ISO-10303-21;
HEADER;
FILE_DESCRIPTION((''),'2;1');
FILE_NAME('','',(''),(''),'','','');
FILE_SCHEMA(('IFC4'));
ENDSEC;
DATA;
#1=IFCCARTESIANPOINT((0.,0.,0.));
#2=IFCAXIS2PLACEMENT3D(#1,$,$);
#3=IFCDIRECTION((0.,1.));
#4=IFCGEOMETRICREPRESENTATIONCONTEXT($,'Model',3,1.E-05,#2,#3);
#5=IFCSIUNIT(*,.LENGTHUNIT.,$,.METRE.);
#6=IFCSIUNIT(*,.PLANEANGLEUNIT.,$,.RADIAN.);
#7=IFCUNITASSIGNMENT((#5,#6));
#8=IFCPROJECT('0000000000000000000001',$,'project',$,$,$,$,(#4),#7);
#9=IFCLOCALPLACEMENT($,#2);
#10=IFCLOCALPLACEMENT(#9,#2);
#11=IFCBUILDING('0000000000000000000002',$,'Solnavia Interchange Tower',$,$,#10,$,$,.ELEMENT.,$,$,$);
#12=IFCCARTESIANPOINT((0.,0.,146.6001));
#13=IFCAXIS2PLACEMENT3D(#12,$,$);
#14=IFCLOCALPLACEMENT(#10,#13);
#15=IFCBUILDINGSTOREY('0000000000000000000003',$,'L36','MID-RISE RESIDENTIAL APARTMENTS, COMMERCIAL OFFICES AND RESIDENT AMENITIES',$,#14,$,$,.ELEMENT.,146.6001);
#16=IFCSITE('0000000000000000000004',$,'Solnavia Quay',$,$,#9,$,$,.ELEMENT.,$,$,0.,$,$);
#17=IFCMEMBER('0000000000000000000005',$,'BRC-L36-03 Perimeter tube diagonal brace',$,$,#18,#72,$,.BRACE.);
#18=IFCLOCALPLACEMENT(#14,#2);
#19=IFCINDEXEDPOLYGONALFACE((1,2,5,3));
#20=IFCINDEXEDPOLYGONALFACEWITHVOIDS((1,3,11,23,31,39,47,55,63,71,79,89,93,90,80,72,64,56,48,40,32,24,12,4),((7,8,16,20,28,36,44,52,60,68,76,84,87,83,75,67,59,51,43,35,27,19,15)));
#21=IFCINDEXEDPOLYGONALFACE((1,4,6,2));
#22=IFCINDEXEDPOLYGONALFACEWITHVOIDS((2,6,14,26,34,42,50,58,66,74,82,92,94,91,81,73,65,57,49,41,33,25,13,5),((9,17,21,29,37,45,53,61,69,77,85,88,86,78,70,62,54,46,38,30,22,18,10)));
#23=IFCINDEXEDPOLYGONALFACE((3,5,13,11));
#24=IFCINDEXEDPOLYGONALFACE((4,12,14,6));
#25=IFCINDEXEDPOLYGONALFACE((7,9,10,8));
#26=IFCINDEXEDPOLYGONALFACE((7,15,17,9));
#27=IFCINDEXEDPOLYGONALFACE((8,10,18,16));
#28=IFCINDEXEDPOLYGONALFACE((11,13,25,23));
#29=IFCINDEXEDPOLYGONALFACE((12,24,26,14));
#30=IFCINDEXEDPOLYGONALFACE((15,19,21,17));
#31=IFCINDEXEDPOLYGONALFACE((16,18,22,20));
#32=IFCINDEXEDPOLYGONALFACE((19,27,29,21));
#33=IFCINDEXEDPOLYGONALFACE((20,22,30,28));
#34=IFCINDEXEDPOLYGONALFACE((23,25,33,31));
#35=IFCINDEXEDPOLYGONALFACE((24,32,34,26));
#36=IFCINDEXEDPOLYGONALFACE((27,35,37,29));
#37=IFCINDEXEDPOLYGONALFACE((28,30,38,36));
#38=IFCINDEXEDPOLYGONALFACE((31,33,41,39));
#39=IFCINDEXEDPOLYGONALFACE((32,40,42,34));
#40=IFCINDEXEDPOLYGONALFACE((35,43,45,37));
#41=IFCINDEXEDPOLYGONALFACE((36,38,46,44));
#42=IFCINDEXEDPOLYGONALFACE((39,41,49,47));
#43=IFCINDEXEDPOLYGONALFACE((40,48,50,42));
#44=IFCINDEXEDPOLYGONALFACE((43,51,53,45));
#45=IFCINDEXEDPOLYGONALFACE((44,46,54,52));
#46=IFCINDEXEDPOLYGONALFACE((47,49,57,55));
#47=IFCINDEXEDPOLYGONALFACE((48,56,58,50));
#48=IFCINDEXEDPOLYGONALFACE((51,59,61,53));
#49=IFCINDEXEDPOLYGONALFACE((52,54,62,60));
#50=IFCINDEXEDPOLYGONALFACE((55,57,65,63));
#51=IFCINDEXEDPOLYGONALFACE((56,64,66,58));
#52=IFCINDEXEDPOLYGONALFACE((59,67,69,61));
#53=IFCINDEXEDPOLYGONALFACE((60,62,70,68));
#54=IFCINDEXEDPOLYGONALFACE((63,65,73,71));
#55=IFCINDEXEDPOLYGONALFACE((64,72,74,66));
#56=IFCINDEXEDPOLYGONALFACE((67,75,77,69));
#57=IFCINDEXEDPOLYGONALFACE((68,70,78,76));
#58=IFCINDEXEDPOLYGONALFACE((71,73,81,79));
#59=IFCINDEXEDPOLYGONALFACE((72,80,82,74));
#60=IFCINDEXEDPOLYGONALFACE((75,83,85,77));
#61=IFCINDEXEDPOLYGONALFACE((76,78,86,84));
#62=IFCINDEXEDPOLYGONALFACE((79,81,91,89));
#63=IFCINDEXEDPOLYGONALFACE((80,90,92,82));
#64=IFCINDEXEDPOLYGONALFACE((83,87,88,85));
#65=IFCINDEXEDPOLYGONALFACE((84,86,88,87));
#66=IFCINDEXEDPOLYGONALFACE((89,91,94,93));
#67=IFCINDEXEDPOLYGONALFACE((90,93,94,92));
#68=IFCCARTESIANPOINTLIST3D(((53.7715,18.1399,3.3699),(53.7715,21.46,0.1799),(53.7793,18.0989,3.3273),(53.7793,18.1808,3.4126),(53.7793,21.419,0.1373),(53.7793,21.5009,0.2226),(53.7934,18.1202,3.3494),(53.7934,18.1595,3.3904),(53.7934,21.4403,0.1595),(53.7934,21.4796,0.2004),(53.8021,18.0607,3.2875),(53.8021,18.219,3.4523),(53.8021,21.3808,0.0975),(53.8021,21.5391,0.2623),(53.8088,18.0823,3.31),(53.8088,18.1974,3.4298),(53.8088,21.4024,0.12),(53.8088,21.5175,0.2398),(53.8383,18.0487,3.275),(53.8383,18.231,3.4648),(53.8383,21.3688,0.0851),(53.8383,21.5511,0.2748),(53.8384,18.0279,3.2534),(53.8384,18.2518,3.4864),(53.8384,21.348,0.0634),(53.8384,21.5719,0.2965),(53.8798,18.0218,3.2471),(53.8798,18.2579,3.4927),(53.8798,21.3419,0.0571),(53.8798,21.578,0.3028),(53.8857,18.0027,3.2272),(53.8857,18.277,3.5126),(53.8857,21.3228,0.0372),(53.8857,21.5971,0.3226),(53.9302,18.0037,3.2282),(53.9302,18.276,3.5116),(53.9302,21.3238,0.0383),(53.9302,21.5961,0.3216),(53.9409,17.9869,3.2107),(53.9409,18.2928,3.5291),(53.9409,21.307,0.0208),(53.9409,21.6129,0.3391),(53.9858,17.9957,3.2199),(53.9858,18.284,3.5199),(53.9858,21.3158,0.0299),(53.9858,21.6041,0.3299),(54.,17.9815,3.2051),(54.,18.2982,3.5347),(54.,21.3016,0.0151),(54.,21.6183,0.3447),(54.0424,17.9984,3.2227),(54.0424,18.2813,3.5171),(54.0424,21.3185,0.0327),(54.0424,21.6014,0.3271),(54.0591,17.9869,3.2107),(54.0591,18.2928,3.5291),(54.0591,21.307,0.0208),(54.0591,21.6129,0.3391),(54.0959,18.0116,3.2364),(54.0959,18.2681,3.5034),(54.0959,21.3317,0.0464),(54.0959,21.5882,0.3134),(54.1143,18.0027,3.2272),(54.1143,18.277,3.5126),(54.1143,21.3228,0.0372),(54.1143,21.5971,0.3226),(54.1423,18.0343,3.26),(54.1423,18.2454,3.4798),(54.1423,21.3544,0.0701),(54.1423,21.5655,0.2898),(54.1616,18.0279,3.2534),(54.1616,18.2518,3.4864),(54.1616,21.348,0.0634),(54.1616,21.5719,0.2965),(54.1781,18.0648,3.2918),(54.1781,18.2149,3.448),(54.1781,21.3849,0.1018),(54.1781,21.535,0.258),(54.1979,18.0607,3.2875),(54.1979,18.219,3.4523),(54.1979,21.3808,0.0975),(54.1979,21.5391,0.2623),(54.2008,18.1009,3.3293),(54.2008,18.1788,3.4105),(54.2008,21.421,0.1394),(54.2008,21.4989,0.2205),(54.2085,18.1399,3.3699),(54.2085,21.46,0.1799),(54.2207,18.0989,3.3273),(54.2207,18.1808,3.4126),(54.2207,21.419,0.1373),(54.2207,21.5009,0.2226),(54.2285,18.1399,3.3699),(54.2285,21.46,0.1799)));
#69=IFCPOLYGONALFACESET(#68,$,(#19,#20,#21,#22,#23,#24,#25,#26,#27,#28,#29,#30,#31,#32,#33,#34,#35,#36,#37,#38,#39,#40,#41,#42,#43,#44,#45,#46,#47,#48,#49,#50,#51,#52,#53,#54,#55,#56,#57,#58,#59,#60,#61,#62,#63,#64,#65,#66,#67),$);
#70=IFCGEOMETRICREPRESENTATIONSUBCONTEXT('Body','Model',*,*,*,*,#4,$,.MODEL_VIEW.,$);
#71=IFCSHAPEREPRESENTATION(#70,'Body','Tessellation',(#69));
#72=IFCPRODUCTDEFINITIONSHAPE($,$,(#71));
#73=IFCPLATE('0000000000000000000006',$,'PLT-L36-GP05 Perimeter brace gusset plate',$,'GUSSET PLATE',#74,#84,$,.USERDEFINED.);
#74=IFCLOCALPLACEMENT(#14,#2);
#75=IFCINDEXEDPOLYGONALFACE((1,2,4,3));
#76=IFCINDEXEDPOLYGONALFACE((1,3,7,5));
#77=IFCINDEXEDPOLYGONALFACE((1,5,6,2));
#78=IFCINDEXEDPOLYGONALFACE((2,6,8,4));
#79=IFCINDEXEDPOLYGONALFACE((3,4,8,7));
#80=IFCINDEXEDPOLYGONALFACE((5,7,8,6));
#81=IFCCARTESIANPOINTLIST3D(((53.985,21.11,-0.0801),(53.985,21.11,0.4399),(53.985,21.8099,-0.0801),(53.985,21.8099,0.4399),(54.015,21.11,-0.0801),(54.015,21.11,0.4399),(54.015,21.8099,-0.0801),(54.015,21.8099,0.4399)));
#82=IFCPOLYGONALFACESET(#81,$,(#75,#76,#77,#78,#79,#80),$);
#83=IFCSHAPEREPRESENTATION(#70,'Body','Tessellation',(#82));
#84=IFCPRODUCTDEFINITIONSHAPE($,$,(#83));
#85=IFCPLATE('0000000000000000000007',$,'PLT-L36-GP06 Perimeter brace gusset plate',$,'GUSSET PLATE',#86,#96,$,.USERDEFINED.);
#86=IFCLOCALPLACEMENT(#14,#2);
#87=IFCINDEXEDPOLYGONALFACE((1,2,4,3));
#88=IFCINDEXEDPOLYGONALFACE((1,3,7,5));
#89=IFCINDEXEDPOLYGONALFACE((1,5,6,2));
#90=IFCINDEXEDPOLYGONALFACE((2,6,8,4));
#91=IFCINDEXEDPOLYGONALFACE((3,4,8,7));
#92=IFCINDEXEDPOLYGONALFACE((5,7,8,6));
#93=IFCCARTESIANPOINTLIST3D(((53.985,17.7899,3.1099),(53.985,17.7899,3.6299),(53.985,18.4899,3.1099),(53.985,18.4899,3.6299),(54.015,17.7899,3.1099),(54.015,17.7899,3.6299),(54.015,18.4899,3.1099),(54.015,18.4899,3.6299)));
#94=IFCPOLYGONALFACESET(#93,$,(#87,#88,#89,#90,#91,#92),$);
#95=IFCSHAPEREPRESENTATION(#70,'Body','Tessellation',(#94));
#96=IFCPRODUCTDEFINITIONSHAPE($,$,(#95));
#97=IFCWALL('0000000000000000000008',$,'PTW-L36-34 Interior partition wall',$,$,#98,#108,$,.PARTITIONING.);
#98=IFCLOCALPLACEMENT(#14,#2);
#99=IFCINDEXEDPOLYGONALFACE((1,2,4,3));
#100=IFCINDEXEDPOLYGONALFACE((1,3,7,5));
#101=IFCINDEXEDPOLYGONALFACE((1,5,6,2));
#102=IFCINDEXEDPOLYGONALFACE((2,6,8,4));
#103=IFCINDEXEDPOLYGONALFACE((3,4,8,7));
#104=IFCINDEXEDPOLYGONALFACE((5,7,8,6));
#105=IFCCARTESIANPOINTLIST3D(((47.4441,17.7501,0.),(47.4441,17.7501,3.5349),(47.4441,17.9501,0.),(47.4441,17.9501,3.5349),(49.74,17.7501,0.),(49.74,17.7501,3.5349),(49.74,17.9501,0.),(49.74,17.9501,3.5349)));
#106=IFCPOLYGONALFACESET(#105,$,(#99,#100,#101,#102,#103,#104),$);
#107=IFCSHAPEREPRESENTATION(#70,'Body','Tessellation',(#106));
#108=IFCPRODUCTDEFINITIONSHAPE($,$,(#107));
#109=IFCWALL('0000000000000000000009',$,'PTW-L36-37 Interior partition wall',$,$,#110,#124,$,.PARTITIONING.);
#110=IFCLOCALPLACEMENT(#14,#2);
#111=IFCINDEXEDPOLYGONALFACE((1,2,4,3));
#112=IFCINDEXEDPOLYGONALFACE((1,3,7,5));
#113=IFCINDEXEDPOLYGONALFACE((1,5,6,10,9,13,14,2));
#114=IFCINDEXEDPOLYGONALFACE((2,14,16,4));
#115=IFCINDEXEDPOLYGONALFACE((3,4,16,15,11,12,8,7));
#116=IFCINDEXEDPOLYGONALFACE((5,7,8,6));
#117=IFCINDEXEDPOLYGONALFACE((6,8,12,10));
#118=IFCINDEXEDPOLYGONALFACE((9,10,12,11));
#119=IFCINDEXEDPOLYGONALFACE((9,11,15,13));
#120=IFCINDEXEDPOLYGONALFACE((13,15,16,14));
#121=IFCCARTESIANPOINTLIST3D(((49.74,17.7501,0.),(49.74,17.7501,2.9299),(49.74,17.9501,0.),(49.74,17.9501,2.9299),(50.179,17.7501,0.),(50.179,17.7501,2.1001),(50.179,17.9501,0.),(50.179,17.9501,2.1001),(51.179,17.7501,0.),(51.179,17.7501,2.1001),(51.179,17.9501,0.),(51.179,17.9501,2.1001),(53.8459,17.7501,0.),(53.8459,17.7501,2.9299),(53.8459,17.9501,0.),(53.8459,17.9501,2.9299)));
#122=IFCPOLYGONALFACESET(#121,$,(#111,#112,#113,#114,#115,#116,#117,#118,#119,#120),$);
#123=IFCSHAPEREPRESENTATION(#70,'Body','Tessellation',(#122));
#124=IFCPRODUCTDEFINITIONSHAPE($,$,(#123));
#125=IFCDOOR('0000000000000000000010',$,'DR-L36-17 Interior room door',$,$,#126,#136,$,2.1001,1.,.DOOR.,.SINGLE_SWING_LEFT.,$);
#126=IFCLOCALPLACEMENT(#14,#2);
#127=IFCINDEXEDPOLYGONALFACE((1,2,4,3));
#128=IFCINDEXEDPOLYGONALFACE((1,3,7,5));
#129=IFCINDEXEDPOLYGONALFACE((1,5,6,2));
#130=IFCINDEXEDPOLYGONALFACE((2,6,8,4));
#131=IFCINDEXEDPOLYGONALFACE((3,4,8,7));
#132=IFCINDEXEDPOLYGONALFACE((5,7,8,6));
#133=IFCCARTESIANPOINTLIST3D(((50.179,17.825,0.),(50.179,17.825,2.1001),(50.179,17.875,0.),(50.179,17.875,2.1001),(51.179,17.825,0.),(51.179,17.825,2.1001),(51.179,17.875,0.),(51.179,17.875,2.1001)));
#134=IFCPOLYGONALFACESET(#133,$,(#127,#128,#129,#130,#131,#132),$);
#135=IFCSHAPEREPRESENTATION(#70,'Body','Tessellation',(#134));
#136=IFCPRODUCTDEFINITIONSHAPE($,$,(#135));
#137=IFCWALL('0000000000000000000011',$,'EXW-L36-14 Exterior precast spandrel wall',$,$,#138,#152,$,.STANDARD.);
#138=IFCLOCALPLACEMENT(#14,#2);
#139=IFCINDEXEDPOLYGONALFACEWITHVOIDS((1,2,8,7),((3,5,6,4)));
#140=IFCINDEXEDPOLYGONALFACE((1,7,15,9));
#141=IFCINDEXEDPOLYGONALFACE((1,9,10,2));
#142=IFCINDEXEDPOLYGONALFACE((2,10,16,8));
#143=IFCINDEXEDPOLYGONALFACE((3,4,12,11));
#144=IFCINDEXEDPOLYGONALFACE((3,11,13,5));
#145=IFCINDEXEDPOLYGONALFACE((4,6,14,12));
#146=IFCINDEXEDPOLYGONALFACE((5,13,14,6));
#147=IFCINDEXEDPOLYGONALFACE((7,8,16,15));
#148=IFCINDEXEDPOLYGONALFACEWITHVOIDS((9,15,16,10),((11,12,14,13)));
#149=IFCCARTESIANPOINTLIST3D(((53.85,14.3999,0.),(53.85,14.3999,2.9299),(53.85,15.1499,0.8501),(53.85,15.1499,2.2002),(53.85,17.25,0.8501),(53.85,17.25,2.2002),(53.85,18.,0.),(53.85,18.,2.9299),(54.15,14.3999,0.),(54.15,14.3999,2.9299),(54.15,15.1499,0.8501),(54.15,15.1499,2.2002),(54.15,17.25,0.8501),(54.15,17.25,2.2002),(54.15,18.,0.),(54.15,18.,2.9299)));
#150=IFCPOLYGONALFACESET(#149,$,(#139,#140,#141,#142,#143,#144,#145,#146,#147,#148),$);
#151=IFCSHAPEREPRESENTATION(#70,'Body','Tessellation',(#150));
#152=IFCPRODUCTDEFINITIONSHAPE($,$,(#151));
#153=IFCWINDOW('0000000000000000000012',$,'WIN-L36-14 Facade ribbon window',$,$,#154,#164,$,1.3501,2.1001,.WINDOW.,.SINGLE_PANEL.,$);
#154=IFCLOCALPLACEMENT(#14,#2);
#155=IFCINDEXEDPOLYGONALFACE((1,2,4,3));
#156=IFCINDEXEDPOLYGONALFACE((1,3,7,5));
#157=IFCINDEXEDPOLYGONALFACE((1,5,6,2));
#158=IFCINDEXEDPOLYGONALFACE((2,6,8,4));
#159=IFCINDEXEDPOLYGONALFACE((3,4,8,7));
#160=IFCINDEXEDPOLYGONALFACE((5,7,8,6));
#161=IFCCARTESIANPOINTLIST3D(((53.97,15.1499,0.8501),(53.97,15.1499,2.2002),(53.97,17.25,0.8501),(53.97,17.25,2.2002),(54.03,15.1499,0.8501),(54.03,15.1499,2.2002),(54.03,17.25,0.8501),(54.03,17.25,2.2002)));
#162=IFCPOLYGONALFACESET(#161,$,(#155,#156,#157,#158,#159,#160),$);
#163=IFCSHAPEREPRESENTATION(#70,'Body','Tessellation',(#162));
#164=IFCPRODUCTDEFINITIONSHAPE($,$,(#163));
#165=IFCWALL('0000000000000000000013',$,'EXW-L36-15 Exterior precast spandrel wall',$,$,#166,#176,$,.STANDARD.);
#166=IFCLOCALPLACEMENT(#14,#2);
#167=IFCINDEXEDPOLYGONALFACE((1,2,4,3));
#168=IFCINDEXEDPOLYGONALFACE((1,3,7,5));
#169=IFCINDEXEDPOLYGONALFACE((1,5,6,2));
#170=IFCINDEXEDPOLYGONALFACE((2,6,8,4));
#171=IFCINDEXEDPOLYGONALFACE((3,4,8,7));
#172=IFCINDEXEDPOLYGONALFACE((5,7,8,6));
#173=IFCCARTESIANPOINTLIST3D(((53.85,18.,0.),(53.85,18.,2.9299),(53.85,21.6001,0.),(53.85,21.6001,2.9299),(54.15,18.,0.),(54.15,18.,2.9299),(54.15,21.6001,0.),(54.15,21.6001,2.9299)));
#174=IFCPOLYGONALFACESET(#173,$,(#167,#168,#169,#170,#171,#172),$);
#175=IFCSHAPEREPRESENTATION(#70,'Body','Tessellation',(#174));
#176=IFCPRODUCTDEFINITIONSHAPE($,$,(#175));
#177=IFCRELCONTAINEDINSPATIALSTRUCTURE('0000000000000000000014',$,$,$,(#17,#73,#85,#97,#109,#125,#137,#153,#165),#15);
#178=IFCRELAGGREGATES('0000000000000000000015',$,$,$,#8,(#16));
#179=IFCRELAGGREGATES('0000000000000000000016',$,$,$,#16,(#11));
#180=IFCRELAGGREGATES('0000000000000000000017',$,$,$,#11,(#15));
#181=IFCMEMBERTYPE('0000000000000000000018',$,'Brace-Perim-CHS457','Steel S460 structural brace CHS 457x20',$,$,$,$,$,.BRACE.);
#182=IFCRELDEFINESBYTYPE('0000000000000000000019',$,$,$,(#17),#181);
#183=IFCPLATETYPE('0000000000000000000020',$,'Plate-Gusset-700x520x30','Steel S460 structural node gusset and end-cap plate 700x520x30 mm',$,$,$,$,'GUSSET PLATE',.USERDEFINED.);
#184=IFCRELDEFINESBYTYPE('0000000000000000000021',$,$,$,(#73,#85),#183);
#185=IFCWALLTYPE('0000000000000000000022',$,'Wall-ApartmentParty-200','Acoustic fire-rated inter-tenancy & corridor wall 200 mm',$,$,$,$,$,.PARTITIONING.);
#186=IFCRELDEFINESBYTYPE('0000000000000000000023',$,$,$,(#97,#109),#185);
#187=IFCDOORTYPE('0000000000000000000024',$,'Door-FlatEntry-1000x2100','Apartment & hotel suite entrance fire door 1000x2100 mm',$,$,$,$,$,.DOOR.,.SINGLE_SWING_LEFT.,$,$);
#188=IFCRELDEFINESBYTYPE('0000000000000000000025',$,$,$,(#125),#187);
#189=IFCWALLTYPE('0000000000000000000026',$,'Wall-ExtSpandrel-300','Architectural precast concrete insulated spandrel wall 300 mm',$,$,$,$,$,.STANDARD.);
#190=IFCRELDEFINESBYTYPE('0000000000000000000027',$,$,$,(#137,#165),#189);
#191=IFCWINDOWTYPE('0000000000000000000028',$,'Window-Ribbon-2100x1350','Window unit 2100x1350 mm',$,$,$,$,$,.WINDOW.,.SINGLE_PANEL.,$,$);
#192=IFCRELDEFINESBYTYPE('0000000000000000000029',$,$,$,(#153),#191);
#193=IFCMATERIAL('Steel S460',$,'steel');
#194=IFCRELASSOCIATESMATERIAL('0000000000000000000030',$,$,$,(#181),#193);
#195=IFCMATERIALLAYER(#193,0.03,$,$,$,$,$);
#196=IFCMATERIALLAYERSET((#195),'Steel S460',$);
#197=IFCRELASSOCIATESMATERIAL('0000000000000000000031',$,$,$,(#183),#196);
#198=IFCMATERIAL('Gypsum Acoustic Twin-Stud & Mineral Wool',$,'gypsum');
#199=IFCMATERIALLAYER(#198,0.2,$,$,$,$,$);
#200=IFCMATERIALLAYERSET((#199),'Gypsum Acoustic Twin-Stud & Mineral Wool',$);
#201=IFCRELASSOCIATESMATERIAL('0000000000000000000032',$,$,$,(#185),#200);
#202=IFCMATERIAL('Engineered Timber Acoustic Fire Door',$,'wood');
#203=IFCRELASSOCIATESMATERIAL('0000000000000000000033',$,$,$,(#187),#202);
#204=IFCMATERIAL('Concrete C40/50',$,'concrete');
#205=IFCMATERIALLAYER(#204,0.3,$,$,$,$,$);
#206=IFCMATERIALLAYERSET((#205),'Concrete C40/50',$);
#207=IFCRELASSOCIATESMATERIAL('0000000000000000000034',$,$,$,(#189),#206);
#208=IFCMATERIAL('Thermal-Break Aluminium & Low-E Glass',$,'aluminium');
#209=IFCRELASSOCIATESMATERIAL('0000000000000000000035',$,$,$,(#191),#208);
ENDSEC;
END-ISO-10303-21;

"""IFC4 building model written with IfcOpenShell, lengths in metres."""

from ifc_helpers import new_model, si_unit, direction, frame, frame_2d, origin, origin_2d, place, context, subcontext, project, spatial, rectangle, hollow_circle, extrude, material, layer, layer_set, material_profile, profile_set, type_object, element, fill, save


model = new_model("IFC4")

# Units and contexts
model_context = context("Model", 3, precision=1e-05, world=origin(), true_north=direction((0.0, 1.0)))
body_context = subcontext(model_context, "Body", "Model", "MODEL_VIEW")
ifc_project = project(units=[si_unit("LENGTHUNIT", "METRE"), si_unit("PLANEANGLEUNIT", "RADIAN")], contexts=[model_context])

# Site, building, storey
site_placement = place(None, origin())
site = spatial("IfcSite", under=ifc_project, at=site_placement, Name="Solnavia Quay", CompositionType="ELEMENT", RefElevation=0.0)
building_placement = place(site_placement, origin())
building = spatial("IfcBuilding", under=site, at=building_placement, Name="Solnavia Interchange Tower", CompositionType="ELEMENT")
storey_placement = place(building_placement, frame((0.0, 0.0, 146.6001)))
storey = spatial("IfcBuildingStorey", under=building, at=storey_placement, Name="L36", Description="MID-RISE RESIDENTIAL APARTMENTS, COMMERCIAL OFFICES AND RESIDENT AMENITIES", CompositionType="ELEMENT", Elevation=146.6001)

# Member
ifc_material_1 = material(Name="Steel S460", Category="steel")
ifc_material_profile_1 = material_profile(ifc_material_1, hollow_circle(Radius=0.2285, WallThickness=0.02, at=origin_2d()), Name="CHS 457x20")
ifc_profile_set_1 = profile_set([ifc_material_profile_1], Name="Steel S460")
member_type = type_object("IfcMemberType", Name="Brace-Perim-CHS457", Description="Steel S460 structural brace CHS 457x20", PredefinedType="BRACE", material=ifc_profile_set_1)
member_placement = place(storey_placement, frame((54.0, 21.46, 0.1799), z_axis=(0.0, -0.721097, 0.692834), x_axis=(1.0, 0.0, 0.0)))
element("IfcMember", 1, at=member_placement, inside=storey, type_object=member_type, Name="BRC-L36-03 Perimeter tube diagonal brace", PredefinedType="BRACE", context=body_context, shape_type="SweptSolid", body=[
    extrude(hollow_circle(Radius=0.2285, WallThickness=0.02, at=origin_2d()), origin(), (0.0, 0.0, 1.0), 4.6042),
])

# Plates
ifc_layer_1 = layer(ifc_material_1, 0.03)
ifc_layer_set_1 = layer_set([ifc_layer_1], Name="Steel S460")
plate_type = type_object("IfcPlateType", Name="Plate-Gusset-700x520x30", Description="Steel S460 structural node gusset and end-cap plate 700x520x30 mm", ElementType="GUSSET PLATE", PredefinedType="USERDEFINED", material=ifc_layer_set_1)
for number, where, z_axis, x_axis, name in (
    (2, (54.0, 21.46, -0.0801), (0.0, 0.0, 1.0), (0.0, -1.0, 0.0), "PLT-L36-GP05 Perimeter brace gusset plate"),
    (3, (54.0, 18.1399, 3.1099), (0.0, 0.0, 1.0), (0.0, -1.0, 0.0), "PLT-L36-GP06 Perimeter brace gusset plate"),
):
    element("IfcPlate", number, at=place(storey_placement, frame(where, z_axis=z_axis, x_axis=x_axis)), inside=storey, type_object=plate_type, Name=name, ObjectType="GUSSET PLATE", PredefinedType="USERDEFINED", context=body_context, shape_type="SweptSolid", body=[
        extrude(rectangle(XDim=0.7, YDim=0.03, at=origin_2d()), origin(), (0.0, 0.0, 1.0), 0.52),
    ])

# Wall
ifc_material_2 = material(Name="Gypsum Acoustic Twin-Stud & Mineral Wool", Category="gypsum")
ifc_layer_2 = layer(ifc_material_2, 0.2)
ifc_layer_set_2 = layer_set([ifc_layer_2], Name="Gypsum Acoustic Twin-Stud & Mineral Wool")
wall_type_1 = type_object("IfcWallType", Name="Wall-ApartmentParty-200", Description="Acoustic fire-rated inter-tenancy & corridor wall 200 mm", PredefinedType="PARTITIONING", material=ifc_layer_set_2)
wall_1_placement = place(storey_placement, frame((47.4441, 17.8501, 0.0), z_axis=(0.0, 0.0, 1.0), x_axis=(1.0, 0.0, 0.0)))
element("IfcWall", 4, at=wall_1_placement, inside=storey, type_object=wall_type_1, Name="PTW-L36-34 Interior partition wall", PredefinedType="PARTITIONING", context=body_context, shape_type="SweptSolid", body=[
    extrude(rectangle(XDim=2.2959, YDim=0.2, at=frame_2d((1.1479, 0.0))), origin(), (0.0, 0.0, 1.0), 3.5349),
])

# Wall, opening, door
wall_2_placement = place(storey_placement, frame((49.74, 17.8501, 0.0), z_axis=(0.0, 0.0, 1.0), x_axis=(1.0, 0.0, 0.0)))
wall_2 = element("IfcWall", 5, at=wall_2_placement, inside=storey, type_object=wall_type_1, Name="PTW-L36-37 Interior partition wall", PredefinedType="PARTITIONING", context=body_context, shape_type="SweptSolid", body=[
    extrude(rectangle(XDim=4.106, YDim=0.2, at=frame_2d((2.053, 0.0))), origin(), (0.0, 0.0, 1.0), 2.9299),
])
opening_1_placement = place(wall_2_placement, frame((0.439, 0.0, 0.0)))
opening_1 = element("IfcOpeningElement", 6, at=opening_1_placement, cuts=wall_2, PredefinedType="OPENING", context=body_context, shape_type="SweptSolid", body=[
    extrude(rectangle(XDim=1.0, YDim=2.1001, at=frame_2d((0.5, 1.05))), frame((0.0, 0.1099, 0.0), z_axis=(0.0, -1.0, 0.0), x_axis=(1.0, 0.0, 0.0)), (0.0, 0.0, 1.0), 0.22),
])
ifc_material_3 = material(Name="Engineered Timber Acoustic Fire Door", Category="wood")
door_type_1 = type_object("IfcDoorType", Name="Door-FlatEntry-1000x2100", Description="Apartment & hotel suite entrance fire door 1000x2100 mm", OperationType="SINGLE_SWING_LEFT", PredefinedType="DOOR", material=ifc_material_3)
door_1_placement = place(opening_1_placement, origin())
door_1 = element("IfcDoor", 7, at=door_1_placement, inside=storey, type_object=door_type_1, Name="DR-L36-17 Interior room door", OperationType="SINGLE_SWING_LEFT", OverallHeight=2.1001, OverallWidth=1.0, PredefinedType="DOOR", context=body_context, shape_type="SweptSolid", body=[
    extrude(rectangle(XDim=1.0, YDim=2.1001, at=frame_2d((0.5, 1.05))), frame((0.0, 0.0249, 0.0), z_axis=(0.0, -1.0, 0.0), x_axis=(1.0, 0.0, 0.0)), (0.0, 0.0, 1.0), 0.05),
])
fill(opening_1, door_1)

# Wall, opening, window
ifc_material_4 = material(Name="Concrete C40/50", Category="concrete")
ifc_layer_3 = layer(ifc_material_4, 0.3)
ifc_layer_set_3 = layer_set([ifc_layer_3], Name="Concrete C40/50")
wall_type_2 = type_object("IfcWallType", Name="Wall-ExtSpandrel-300", Description="Architectural precast concrete insulated spandrel wall 300 mm", PredefinedType="STANDARD", material=ifc_layer_set_3)
wall_3_placement = place(storey_placement, frame((54.0, 18.0, 0.0), z_axis=(0.0, 0.0, 1.0), x_axis=(0.0, -1.0, 0.0)))
wall_3 = element("IfcWall", 8, at=wall_3_placement, inside=storey, type_object=wall_type_2, Name="EXW-L36-14 Exterior precast spandrel wall", PredefinedType="STANDARD", context=body_context, shape_type="SweptSolid", body=[
    extrude(rectangle(XDim=3.6001, YDim=0.3, at=frame_2d((1.8, 0.0))), origin(), (0.0, 0.0, 1.0), 2.9299),
])
opening_2_placement = place(wall_3_placement, frame((0.75, 0.0, 0.8501)))
opening_2 = element("IfcOpeningElement", 9, at=opening_2_placement, cuts=wall_3, PredefinedType="OPENING", context=body_context, shape_type="SweptSolid", body=[
    extrude(rectangle(XDim=2.1001, YDim=1.3501, at=frame_2d((1.05, 0.675))), frame((0.0, 0.1602, 0.0), z_axis=(0.0, -1.0, 0.0), x_axis=(1.0, 0.0, 0.0)), (0.0, 0.0, 1.0), 0.3201),
])
ifc_material_5 = material(Name="Thermal-Break Aluminium & Low-E Glass", Category="aluminium")
window_type = type_object("IfcWindowType", Name="Window-Ribbon-2100x1350", Description="Window unit 2100x1350 mm", PartitioningType="SINGLE_PANEL", PredefinedType="WINDOW", material=ifc_material_5)
window_placement = place(opening_2_placement, origin())
window = element("IfcWindow", 10, at=window_placement, inside=storey, type_object=window_type, Name="WIN-L36-14 Facade ribbon window", OverallHeight=1.3501, OverallWidth=2.1001, PartitioningType="SINGLE_PANEL", PredefinedType="WINDOW", context=body_context, shape_type="SweptSolid", body=[
    extrude(rectangle(XDim=2.1001, YDim=1.3501, at=frame_2d((1.05, 0.675))), frame((0.0, 0.03, 0.0), z_axis=(0.0, -1.0, 0.0), x_axis=(1.0, 0.0, 0.0)), (0.0, 0.0, 1.0), 0.0601),
])
fill(opening_2, window)

# Wall
wall_4_placement = place(storey_placement, frame((54.0, 21.6001, 0.0), z_axis=(0.0, 0.0, 1.0), x_axis=(0.0, -1.0, 0.0)))
element("IfcWall", 11, at=wall_4_placement, inside=storey, type_object=wall_type_2, Name="EXW-L36-15 Exterior precast spandrel wall", PredefinedType="STANDARD", context=body_context, shape_type="SweptSolid", body=[
    extrude(rectangle(XDim=3.6001, YDim=0.3, at=frame_2d((1.8, 0.0))), origin(), (0.0, 0.0, 1.0), 2.9299),
])

save(model, "model.ifc")
